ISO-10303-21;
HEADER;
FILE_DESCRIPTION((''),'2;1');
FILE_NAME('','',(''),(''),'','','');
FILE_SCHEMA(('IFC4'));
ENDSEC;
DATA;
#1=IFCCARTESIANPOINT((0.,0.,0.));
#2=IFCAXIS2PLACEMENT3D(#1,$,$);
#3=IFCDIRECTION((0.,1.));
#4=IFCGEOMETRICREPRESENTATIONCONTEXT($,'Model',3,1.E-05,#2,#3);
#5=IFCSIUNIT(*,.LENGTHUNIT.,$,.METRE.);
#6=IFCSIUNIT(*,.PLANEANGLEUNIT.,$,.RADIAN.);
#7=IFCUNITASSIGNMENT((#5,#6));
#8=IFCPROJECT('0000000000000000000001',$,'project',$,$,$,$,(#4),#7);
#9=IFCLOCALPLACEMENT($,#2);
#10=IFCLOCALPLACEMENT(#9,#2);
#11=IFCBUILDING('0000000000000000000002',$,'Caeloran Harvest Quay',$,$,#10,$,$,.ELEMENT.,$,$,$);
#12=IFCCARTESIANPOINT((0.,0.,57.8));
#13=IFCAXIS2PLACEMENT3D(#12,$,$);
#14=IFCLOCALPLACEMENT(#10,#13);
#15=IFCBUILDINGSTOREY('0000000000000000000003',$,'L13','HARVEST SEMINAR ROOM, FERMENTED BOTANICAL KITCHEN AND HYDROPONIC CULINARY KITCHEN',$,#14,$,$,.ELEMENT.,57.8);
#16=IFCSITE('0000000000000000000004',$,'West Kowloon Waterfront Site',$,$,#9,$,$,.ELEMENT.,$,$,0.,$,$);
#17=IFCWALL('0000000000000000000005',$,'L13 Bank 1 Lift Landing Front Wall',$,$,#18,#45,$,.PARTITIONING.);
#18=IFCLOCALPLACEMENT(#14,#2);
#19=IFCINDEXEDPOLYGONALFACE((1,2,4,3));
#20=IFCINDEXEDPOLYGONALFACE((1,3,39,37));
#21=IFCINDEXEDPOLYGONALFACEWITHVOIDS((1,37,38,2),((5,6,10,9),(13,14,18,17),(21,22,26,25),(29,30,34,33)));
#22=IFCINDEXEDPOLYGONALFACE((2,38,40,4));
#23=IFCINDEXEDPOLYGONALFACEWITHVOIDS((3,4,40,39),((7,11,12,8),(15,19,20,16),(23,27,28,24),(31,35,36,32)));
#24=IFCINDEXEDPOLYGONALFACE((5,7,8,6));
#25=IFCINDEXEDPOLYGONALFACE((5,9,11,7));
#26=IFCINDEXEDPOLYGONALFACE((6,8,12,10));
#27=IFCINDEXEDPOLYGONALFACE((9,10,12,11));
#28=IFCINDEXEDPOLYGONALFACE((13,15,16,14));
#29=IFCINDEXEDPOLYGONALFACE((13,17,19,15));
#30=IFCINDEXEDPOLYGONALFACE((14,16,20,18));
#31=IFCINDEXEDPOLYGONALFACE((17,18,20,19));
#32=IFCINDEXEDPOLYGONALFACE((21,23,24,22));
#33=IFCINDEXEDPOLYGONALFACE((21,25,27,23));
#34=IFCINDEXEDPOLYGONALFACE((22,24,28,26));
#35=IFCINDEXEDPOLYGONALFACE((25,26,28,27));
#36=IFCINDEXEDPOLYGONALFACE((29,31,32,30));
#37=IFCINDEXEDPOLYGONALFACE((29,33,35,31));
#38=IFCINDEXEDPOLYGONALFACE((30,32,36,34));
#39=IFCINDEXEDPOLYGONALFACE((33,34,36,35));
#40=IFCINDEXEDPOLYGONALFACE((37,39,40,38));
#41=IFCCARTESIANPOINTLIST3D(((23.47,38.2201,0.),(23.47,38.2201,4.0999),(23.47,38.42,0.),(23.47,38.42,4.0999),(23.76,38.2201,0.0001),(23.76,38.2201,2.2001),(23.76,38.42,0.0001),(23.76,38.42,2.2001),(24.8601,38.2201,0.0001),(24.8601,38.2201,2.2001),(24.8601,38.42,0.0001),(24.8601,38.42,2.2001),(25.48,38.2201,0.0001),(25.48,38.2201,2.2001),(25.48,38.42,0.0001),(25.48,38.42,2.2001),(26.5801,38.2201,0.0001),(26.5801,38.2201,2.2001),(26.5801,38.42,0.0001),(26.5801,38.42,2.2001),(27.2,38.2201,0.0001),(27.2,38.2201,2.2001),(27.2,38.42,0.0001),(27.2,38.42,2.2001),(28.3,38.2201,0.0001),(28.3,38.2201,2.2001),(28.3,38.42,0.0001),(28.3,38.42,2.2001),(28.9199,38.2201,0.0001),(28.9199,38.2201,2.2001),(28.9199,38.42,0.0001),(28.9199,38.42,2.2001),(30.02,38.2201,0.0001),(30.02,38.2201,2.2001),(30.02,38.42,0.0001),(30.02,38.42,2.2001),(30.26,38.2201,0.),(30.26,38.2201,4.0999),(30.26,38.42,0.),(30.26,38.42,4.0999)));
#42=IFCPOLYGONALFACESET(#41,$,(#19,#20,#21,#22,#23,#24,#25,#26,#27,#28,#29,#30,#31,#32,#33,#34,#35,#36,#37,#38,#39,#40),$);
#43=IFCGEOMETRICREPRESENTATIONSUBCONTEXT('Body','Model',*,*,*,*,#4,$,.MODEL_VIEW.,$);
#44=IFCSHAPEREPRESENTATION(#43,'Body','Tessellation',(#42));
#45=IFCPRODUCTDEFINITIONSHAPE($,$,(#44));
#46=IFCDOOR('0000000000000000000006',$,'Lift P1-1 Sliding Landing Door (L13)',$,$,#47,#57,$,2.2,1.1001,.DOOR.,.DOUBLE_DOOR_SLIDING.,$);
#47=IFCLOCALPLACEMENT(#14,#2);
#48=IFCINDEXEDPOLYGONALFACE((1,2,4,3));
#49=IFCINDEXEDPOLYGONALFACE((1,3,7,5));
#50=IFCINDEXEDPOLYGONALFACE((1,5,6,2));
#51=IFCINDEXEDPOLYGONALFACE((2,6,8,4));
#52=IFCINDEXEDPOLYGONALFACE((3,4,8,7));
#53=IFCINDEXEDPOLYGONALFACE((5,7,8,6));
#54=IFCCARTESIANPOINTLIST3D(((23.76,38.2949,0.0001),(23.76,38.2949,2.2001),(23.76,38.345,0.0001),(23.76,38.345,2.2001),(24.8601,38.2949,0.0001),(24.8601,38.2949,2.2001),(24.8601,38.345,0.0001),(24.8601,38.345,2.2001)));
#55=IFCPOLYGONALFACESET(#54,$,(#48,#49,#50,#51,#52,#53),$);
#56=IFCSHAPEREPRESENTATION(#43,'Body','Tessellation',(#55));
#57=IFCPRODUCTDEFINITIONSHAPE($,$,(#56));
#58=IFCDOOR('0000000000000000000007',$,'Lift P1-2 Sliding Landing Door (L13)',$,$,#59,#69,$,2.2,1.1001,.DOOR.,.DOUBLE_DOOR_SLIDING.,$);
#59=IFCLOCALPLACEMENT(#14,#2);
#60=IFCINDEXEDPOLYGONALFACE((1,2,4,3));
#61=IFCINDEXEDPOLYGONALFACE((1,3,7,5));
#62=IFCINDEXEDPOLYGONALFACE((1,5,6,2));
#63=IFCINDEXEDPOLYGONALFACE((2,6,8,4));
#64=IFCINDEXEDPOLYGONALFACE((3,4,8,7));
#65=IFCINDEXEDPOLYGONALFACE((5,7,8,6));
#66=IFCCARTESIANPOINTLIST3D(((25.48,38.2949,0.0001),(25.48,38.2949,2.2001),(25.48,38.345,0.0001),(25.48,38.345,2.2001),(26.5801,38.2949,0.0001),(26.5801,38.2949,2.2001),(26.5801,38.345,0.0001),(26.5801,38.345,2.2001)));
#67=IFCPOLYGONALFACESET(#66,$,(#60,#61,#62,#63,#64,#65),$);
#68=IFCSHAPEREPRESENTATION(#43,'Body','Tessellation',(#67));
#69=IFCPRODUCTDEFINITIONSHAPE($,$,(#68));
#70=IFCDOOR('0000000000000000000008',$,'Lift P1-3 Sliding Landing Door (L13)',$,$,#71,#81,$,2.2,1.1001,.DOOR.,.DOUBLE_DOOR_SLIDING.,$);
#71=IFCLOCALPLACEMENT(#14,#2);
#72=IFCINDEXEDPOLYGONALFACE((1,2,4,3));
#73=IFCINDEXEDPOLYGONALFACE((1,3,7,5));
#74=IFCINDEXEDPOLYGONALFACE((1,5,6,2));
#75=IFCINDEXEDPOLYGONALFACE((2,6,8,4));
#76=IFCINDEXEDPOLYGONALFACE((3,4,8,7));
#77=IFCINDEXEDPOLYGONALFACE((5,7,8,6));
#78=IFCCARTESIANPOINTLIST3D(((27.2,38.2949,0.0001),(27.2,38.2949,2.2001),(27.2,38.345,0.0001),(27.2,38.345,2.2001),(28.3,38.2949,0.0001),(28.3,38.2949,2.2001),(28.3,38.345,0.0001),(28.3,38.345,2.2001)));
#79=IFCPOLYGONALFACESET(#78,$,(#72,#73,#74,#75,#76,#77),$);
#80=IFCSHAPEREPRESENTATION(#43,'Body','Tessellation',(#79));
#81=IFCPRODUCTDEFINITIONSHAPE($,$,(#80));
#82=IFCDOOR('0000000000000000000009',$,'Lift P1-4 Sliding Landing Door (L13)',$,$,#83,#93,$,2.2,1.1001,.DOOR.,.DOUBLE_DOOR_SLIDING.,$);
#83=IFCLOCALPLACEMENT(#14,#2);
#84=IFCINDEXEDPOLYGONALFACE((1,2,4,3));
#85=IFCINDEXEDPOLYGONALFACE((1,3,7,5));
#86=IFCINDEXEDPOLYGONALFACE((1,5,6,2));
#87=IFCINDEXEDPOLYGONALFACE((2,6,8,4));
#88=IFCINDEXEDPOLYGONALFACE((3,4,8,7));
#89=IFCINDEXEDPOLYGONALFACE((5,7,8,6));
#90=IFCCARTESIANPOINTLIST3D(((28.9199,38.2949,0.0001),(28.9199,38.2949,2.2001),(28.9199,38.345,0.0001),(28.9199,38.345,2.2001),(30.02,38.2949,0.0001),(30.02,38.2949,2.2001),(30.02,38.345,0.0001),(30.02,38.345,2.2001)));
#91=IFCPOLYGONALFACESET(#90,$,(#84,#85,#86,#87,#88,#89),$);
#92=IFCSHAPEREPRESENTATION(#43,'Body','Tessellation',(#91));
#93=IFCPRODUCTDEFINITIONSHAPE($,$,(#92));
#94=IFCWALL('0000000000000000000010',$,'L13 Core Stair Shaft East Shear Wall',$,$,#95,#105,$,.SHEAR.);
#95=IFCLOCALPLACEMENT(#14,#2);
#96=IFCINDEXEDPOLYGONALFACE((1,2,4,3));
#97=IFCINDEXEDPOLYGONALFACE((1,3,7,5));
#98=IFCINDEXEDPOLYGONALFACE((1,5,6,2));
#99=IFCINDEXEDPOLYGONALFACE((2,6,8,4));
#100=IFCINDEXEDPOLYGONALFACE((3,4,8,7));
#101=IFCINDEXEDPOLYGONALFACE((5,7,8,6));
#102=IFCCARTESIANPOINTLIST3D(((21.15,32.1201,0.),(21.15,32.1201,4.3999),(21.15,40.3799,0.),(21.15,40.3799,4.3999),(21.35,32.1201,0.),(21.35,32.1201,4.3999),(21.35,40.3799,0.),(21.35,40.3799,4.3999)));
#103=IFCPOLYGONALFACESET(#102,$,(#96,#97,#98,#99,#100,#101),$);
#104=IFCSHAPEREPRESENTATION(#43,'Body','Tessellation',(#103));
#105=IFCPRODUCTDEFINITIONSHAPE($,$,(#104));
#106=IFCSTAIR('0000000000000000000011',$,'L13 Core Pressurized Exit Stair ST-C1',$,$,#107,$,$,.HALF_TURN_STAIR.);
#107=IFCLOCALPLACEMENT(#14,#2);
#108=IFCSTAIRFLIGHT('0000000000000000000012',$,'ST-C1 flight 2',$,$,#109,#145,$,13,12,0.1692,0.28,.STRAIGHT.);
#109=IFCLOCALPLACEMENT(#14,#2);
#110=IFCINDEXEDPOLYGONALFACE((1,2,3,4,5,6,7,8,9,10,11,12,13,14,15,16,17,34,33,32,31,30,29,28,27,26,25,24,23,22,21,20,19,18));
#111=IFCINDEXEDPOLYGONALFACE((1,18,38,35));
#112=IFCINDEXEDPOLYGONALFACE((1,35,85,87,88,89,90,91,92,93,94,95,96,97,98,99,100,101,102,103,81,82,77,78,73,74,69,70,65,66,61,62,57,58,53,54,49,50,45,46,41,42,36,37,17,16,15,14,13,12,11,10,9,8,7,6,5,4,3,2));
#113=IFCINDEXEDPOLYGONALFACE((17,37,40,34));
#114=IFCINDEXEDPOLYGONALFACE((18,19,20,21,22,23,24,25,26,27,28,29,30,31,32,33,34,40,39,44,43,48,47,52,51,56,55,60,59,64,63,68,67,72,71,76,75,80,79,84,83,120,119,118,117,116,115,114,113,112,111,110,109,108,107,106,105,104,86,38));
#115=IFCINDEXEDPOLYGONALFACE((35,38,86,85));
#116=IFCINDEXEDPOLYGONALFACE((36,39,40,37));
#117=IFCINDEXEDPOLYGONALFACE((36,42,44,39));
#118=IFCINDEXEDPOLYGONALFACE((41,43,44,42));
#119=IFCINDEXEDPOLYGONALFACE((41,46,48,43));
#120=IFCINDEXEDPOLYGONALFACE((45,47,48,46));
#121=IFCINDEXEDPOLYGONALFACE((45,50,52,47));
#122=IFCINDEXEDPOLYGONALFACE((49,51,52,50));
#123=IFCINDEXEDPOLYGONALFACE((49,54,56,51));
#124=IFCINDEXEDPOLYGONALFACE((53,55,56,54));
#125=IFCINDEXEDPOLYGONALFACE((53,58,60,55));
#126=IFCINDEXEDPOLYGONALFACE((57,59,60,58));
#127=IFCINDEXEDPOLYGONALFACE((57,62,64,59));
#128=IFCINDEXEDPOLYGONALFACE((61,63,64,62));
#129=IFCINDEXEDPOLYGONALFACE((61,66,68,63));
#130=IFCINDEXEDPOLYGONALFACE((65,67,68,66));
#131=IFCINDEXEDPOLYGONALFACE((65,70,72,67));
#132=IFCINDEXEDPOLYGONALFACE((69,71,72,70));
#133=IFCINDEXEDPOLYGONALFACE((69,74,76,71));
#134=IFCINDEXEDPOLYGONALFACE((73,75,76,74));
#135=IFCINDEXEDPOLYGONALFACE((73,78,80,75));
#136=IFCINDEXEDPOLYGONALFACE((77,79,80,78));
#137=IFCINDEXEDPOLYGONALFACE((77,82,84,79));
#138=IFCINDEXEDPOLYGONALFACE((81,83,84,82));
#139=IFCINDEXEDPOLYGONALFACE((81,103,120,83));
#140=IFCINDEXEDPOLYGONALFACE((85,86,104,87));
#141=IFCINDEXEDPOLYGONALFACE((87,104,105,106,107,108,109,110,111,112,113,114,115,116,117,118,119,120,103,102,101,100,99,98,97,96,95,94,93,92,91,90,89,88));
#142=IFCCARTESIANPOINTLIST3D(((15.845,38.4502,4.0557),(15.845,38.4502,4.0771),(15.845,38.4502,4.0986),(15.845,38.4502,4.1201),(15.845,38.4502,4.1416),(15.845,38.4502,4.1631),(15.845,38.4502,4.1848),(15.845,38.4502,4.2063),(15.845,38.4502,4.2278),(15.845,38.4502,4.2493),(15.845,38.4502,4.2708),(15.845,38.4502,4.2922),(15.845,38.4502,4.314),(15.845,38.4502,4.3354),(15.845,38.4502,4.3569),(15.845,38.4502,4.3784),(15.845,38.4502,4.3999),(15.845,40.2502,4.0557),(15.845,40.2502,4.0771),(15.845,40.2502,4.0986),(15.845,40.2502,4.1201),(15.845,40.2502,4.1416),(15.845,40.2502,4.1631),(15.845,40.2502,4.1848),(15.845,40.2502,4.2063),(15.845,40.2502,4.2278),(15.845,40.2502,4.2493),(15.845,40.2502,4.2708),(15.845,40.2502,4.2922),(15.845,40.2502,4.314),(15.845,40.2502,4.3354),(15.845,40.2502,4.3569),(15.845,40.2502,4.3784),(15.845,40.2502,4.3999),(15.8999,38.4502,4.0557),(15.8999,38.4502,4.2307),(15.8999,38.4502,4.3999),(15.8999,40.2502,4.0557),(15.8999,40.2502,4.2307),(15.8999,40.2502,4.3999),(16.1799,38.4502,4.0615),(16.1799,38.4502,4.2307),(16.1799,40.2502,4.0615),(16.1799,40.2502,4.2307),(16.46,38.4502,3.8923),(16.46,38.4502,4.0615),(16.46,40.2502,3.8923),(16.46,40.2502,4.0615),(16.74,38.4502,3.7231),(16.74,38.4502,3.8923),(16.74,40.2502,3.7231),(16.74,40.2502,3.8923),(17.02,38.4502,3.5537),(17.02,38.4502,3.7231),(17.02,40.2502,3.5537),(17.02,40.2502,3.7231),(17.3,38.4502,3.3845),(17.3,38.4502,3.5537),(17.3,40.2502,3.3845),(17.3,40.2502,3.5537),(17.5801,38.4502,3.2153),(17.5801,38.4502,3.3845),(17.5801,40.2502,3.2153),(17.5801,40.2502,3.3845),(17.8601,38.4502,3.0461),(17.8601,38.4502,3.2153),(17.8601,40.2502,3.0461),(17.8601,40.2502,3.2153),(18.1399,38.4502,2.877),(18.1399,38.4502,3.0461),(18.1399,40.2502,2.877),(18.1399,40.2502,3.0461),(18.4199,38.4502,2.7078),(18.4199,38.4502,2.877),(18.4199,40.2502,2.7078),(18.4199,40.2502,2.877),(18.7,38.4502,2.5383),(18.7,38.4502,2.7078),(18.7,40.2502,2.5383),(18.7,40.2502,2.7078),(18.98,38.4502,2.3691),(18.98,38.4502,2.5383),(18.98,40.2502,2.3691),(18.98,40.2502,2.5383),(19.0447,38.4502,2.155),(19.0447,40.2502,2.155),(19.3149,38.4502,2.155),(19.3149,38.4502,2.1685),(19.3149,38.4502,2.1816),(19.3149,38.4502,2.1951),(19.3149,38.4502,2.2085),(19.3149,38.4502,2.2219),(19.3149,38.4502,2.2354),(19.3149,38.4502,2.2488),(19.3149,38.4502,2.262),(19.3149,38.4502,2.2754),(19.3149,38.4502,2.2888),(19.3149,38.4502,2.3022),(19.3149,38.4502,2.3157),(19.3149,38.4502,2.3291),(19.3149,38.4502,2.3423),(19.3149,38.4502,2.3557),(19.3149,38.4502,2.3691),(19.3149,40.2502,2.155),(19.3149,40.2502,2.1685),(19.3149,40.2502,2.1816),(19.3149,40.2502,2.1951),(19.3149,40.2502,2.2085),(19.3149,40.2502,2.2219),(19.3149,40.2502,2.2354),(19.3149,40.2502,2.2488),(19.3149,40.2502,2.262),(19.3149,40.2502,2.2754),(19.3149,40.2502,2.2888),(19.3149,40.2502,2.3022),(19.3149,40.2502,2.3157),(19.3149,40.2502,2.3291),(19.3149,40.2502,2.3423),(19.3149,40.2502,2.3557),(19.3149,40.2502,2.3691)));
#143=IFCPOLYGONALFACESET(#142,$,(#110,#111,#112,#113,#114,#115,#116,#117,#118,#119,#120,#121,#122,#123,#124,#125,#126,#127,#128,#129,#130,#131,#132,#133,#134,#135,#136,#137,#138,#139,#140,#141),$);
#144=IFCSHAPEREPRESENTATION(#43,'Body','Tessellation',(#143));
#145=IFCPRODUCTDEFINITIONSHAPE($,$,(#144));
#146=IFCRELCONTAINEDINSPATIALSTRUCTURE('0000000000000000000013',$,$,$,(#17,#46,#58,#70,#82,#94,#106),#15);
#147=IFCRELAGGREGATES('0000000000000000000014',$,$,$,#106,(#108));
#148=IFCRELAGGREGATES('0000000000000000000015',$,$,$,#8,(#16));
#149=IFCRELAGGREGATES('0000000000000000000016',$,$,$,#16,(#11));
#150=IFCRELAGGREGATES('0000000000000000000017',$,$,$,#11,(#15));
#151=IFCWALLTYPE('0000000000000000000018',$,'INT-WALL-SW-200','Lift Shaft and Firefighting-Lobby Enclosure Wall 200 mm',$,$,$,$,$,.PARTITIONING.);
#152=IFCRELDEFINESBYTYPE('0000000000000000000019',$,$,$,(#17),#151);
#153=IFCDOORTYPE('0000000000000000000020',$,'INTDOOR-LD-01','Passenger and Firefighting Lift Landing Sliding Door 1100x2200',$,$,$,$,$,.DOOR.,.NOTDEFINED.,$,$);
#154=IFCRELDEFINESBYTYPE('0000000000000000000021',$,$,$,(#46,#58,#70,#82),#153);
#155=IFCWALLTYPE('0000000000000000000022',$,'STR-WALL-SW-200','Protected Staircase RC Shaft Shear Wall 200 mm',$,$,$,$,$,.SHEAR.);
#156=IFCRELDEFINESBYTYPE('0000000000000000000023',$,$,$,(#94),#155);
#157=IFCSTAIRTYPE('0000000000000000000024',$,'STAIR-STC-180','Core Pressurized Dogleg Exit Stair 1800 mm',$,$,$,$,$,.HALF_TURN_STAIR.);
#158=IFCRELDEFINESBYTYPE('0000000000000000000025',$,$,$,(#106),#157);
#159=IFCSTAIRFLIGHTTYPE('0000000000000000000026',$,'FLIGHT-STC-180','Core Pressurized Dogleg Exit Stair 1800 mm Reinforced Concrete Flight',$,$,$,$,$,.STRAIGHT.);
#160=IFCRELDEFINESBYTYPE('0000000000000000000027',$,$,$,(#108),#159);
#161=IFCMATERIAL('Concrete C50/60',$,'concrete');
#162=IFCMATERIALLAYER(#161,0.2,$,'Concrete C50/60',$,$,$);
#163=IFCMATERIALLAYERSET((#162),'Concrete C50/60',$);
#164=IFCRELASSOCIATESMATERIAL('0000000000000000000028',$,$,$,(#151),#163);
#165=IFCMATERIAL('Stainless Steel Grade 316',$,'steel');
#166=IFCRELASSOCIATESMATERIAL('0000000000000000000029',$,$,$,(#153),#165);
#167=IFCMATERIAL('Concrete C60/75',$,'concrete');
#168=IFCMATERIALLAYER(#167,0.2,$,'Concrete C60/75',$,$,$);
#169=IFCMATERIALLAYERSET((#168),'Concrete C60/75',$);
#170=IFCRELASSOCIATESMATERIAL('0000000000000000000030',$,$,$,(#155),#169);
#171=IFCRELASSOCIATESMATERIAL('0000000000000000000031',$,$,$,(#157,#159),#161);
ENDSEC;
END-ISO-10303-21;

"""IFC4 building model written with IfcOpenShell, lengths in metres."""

from ifc_helpers import new_model, si_unit, direction, frame, frame_2d, origin, place, context, subcontext, project, spatial, polyline, rectangle, outline, extrude, material, layer, layer_set, type_object, element, fill, aggregate, save


model = new_model("IFC4")

# Units and contexts
model_context = context("Model", 3, precision=1e-05, world=origin(), true_north=direction((0.0, 1.0)))
body_context = subcontext(model_context, "Body", "Model", "MODEL_VIEW")
ifc_project = project(units=[si_unit("LENGTHUNIT", "METRE"), si_unit("PLANEANGLEUNIT", "RADIAN")], contexts=[model_context])

# Site, building, storey
site_placement = place(None, origin())
site = spatial("IfcSite", under=ifc_project, at=site_placement, Name="West Kowloon Waterfront Site", CompositionType="ELEMENT", RefElevation=0.0)
building_placement = place(site_placement, origin())
building = spatial("IfcBuilding", under=site, at=building_placement, Name="Caeloran Harvest Quay", CompositionType="ELEMENT")
storey_placement = place(building_placement, frame((0.0, 0.0, 57.8)))
storey = spatial("IfcBuildingStorey", under=building, at=storey_placement, Name="L13", Description="HARVEST SEMINAR ROOM, FERMENTED BOTANICAL KITCHEN AND HYDROPONIC CULINARY KITCHEN", CompositionType="ELEMENT", Elevation=57.8)

# Shared definitions
ifc_material_1 = material(Name="Concrete C50/60", Category="concrete")
ifc_layer_1 = layer(ifc_material_1, 0.2, Name="Concrete C50/60")
ifc_layer_set_1 = layer_set([ifc_layer_1], Name="Concrete C50/60")
wall_type_1 = type_object("IfcWallType", Name="INT-WALL-SW-200", Description="Lift Shaft and Firefighting-Lobby Enclosure Wall 200 mm", PredefinedType="PARTITIONING", material=ifc_layer_set_1)
ifc_material_2 = material(Name="Stainless Steel Grade 316", Category="steel")

# Wall, openings, doors
wall_1_placement = place(storey_placement, frame((23.47, 38.3201, 0.0), z_axis=(0.0, 0.0, 1.0), x_axis=(1.0, 0.0, 0.0)))
wall_1 = element("IfcWall", 1, at=wall_1_placement, inside=storey, type_object=wall_type_1, Name="L13 Bank 1 Lift Landing Front Wall", PredefinedType="PARTITIONING", context=body_context, shape_type="SweptSolid", body=[
    extrude(rectangle(XDim=6.79, YDim=0.2, at=frame_2d((3.395, 0.0))), origin(), (0.0, 0.0, 1.0), 4.0999),
])
opening_1_placement = place(wall_1_placement, frame((0.29, 0.0, 0.0)))
opening_1 = element("IfcOpeningElement", 2, at=opening_1_placement, cuts=wall_1, PredefinedType="OPENING", context=body_context, shape_type="SweptSolid", body=[
    extrude(rectangle(XDim=1.1001, YDim=2.2, at=frame_2d((0.55, 1.1001))), frame((0.0, 0.1099, 0.0), z_axis=(0.0, -1.0, 0.0), x_axis=(1.0, 0.0, 0.0)), (0.0, 0.0, 1.0), 0.22),
])
opening_2_placement = place(wall_1_placement, frame((2.01, 0.0, 0.0)))
opening_2 = element("IfcOpeningElement", 3, at=opening_2_placement, cuts=wall_1, PredefinedType="OPENING", context=body_context, shape_type="SweptSolid", body=[
    extrude(rectangle(XDim=1.1001, YDim=2.2, at=frame_2d((0.55, 1.1001))), frame((0.0, 0.1099, 0.0), z_axis=(0.0, -1.0, 0.0), x_axis=(1.0, 0.0, 0.0)), (0.0, 0.0, 1.0), 0.22),
])
opening_3_placement = place(wall_1_placement, frame((3.73, 0.0, 0.0)))
opening_3 = element("IfcOpeningElement", 4, at=opening_3_placement, cuts=wall_1, PredefinedType="OPENING", context=body_context, shape_type="SweptSolid", body=[
    extrude(rectangle(XDim=1.1001, YDim=2.2, at=frame_2d((0.55, 1.1001))), frame((0.0, 0.1099, 0.0), z_axis=(0.0, -1.0, 0.0), x_axis=(1.0, 0.0, 0.0)), (0.0, 0.0, 1.0), 0.22),
])
opening_4_placement = place(wall_1_placement, frame((5.45, 0.0, 0.0)))
opening_4 = element("IfcOpeningElement", 5, at=opening_4_placement, cuts=wall_1, PredefinedType="OPENING", context=body_context, shape_type="SweptSolid", body=[
    extrude(rectangle(XDim=1.1001, YDim=2.2, at=frame_2d((0.55, 1.1001))), frame((0.0, 0.1099, 0.0), z_axis=(0.0, -1.0, 0.0), x_axis=(1.0, 0.0, 0.0)), (0.0, 0.0, 1.0), 0.22),
])
door_type_1 = type_object("IfcDoorType", Name="INTDOOR-LD-01", Description="Passenger and Firefighting Lift Landing Sliding Door 1100x2200", OperationType="NOTDEFINED", PredefinedType="DOOR", material=ifc_material_2)
door_1_placement = place(opening_1_placement, origin())
door_1 = element("IfcDoor", 6, at=door_1_placement, inside=storey, type_object=door_type_1, Name="Lift P1-1 Sliding Landing Door (L13)", OperationType="DOUBLE_DOOR_SLIDING", OverallHeight=2.2, OverallWidth=1.1001, PredefinedType="DOOR", context=body_context, shape_type="SweptSolid", body=[
    extrude(rectangle(XDim=1.1001, YDim=2.2, at=frame_2d((0.55, 1.1001))), frame((0.0, 0.0249, 0.0), z_axis=(0.0, -1.0, 0.0), x_axis=(1.0, 0.0, 0.0)), (0.0, 0.0, 1.0), 0.05),
])
fill(opening_1, door_1)
door_2_placement = place(opening_2_placement, origin())
door_2 = element("IfcDoor", 7, at=door_2_placement, inside=storey, type_object=door_type_1, Name="Lift P1-2 Sliding Landing Door (L13)", OperationType="DOUBLE_DOOR_SLIDING", OverallHeight=2.2, OverallWidth=1.1001, PredefinedType="DOOR", context=body_context, shape_type="SweptSolid", body=[
    extrude(rectangle(XDim=1.1001, YDim=2.2, at=frame_2d((0.55, 1.1001))), frame((0.0, 0.0249, 0.0), z_axis=(0.0, -1.0, 0.0), x_axis=(1.0, 0.0, 0.0)), (0.0, 0.0, 1.0), 0.05),
])
fill(opening_2, door_2)
door_3_placement = place(opening_3_placement, origin())
door_3 = element("IfcDoor", 8, at=door_3_placement, inside=storey, type_object=door_type_1, Name="Lift P1-3 Sliding Landing Door (L13)", OperationType="DOUBLE_DOOR_SLIDING", OverallHeight=2.2, OverallWidth=1.1001, PredefinedType="DOOR", context=body_context, shape_type="SweptSolid", body=[
    extrude(rectangle(XDim=1.1001, YDim=2.2, at=frame_2d((0.55, 1.1001))), frame((0.0, 0.0249, 0.0), z_axis=(0.0, -1.0, 0.0), x_axis=(1.0, 0.0, 0.0)), (0.0, 0.0, 1.0), 0.05),
])
fill(opening_3, door_3)
door_4_placement = place(opening_4_placement, origin())
door_4 = element("IfcDoor", 9, at=door_4_placement, inside=storey, type_object=door_type_1, Name="Lift P1-4 Sliding Landing Door (L13)", OperationType="DOUBLE_DOOR_SLIDING", OverallHeight=2.2, OverallWidth=1.1001, PredefinedType="DOOR", context=body_context, shape_type="SweptSolid", body=[
    extrude(rectangle(XDim=1.1001, YDim=2.2, at=frame_2d((0.55, 1.1001))), frame((0.0, 0.0249, 0.0), z_axis=(0.0, -1.0, 0.0), x_axis=(1.0, 0.0, 0.0)), (0.0, 0.0, 1.0), 0.05),
])
fill(opening_4, door_4)

# Wall
ifc_material_3 = material(Name="Concrete C60/75", Category="concrete")
ifc_layer_2 = layer(ifc_material_3, 0.2, Name="Concrete C60/75")
ifc_layer_set_2 = layer_set([ifc_layer_2], Name="Concrete C60/75")
wall_type_2 = type_object("IfcWallType", Name="STR-WALL-SW-200", Description="Protected Staircase RC Shaft Shear Wall 200 mm", PredefinedType="SHEAR", material=ifc_layer_set_2)
wall_2_placement = place(storey_placement, frame((21.25, 32.1201, 0.0), z_axis=(0.0, 0.0, 1.0), x_axis=(0.0, 1.0, 0.0)))
element("IfcWall", 10, at=wall_2_placement, inside=storey, type_object=wall_type_2, Name="L13 Core Stair Shaft East Shear Wall", PredefinedType="SHEAR", context=body_context, shape_type="SweptSolid", body=[
    extrude(rectangle(XDim=8.2598, YDim=0.2, at=frame_2d((4.1299, 0.0))), origin(), (0.0, 0.0, 1.0), 4.3999),
])

# Stair, stair flight
stair_type = type_object("IfcStairType", Name="STAIR-STC-180", Description="Core Pressurized Dogleg Exit Stair 1800 mm", PredefinedType="HALF_TURN_STAIR", material=ifc_material_1)
stair_1_placement = place(storey_placement, origin())
stair_1 = element("IfcStair", 11, at=stair_1_placement, inside=storey, type_object=stair_type, Name="L13 Core Pressurized Exit Stair ST-C1", PredefinedType="HALF_TURN_STAIR")
stair_flight_type = type_object("IfcStairFlightType", Name="FLIGHT-STC-180", Description="Core Pressurized Dogleg Exit Stair 1800 mm Reinforced Concrete Flight", PredefinedType="STRAIGHT", material=ifc_material_1)
stair_flight_1_placement = place(storey_placement, frame((19.26, 39.3501, 2.2), z_axis=(0.0, 0.0, 1.0), x_axis=(-1.0, 0.0, 0.0)))
stair_flight_1 = element("IfcStairFlight", 12, at=stair_flight_1_placement, type_object=stair_flight_type, Name="ST-C1 flight 2", NumberOfRisers=13, NumberOfTreads=12, PredefinedType="STRAIGHT", RiserHeight=0.1692, TreadLength=0.28, context=body_context, shape_type="SweptSolid", body=[
    extrude(outline(polyline([(-0.0549, -0.0449), (-0.0549, -0.0315), (-0.0549, -0.0183), (-0.0549, -0.0049), (-0.0549, 0.0085), (-0.0549, 0.022), (-0.0549, 0.0354), (-0.0549, 0.0488), (-0.0549, 0.062), (-0.0549, 0.0754), (-0.0549, 0.0889), (-0.0549, 0.1023), (-0.0549, 0.1157), (-0.0549, 0.1292), (-0.0549, 0.1423), (-0.0549, 0.1558), (-0.0549, 0.1692), (0.28, 0.1692), (0.28, 0.3384), (0.5601, 0.3384), (0.5601, 0.5078), (0.8401, 0.5078), (0.8401, 0.677), (1.1201, 0.677), (1.1201, 0.8462), (1.3999, 0.8462), (1.3999, 1.0154), (1.6799, 1.0154), (1.6799, 1.1846), (1.96, 1.1846), (1.96, 1.3538), (2.24, 1.3538), (2.24, 1.5232), (2.52, 1.5232), (2.52, 1.6924), (2.8, 1.6924), (2.8, 1.8616), (3.0801, 1.8616), (3.0801, 2.0308), (3.3601, 2.0308), (3.3601, 2.2), (3.415, 2.2), (3.415, 2.1785), (3.415, 2.157), (3.415, 2.1355), (3.415, 2.114), (3.415, 2.0923), (3.415, 2.0708), (3.415, 2.0493), (3.415, 2.0278), (3.415, 2.0063), (3.415, 1.9849), (3.415, 1.9631), (3.415, 1.9417), (3.415, 1.9202), (3.415, 1.8987), (3.415, 1.8772), (3.415, 1.8557), (3.3601, 1.8557), (0.2153, -0.0449), (-0.0549, -0.0449)])), frame((0.0, 0.8999, 0.0), z_axis=(0.0, -1.0, 0.0), x_axis=(1.0, 0.0, 0.0)), (0.0, 0.0, 1.0), 1.8),
])
aggregate(stair_1, [stair_flight_1])

save(model, "model.ifc")
